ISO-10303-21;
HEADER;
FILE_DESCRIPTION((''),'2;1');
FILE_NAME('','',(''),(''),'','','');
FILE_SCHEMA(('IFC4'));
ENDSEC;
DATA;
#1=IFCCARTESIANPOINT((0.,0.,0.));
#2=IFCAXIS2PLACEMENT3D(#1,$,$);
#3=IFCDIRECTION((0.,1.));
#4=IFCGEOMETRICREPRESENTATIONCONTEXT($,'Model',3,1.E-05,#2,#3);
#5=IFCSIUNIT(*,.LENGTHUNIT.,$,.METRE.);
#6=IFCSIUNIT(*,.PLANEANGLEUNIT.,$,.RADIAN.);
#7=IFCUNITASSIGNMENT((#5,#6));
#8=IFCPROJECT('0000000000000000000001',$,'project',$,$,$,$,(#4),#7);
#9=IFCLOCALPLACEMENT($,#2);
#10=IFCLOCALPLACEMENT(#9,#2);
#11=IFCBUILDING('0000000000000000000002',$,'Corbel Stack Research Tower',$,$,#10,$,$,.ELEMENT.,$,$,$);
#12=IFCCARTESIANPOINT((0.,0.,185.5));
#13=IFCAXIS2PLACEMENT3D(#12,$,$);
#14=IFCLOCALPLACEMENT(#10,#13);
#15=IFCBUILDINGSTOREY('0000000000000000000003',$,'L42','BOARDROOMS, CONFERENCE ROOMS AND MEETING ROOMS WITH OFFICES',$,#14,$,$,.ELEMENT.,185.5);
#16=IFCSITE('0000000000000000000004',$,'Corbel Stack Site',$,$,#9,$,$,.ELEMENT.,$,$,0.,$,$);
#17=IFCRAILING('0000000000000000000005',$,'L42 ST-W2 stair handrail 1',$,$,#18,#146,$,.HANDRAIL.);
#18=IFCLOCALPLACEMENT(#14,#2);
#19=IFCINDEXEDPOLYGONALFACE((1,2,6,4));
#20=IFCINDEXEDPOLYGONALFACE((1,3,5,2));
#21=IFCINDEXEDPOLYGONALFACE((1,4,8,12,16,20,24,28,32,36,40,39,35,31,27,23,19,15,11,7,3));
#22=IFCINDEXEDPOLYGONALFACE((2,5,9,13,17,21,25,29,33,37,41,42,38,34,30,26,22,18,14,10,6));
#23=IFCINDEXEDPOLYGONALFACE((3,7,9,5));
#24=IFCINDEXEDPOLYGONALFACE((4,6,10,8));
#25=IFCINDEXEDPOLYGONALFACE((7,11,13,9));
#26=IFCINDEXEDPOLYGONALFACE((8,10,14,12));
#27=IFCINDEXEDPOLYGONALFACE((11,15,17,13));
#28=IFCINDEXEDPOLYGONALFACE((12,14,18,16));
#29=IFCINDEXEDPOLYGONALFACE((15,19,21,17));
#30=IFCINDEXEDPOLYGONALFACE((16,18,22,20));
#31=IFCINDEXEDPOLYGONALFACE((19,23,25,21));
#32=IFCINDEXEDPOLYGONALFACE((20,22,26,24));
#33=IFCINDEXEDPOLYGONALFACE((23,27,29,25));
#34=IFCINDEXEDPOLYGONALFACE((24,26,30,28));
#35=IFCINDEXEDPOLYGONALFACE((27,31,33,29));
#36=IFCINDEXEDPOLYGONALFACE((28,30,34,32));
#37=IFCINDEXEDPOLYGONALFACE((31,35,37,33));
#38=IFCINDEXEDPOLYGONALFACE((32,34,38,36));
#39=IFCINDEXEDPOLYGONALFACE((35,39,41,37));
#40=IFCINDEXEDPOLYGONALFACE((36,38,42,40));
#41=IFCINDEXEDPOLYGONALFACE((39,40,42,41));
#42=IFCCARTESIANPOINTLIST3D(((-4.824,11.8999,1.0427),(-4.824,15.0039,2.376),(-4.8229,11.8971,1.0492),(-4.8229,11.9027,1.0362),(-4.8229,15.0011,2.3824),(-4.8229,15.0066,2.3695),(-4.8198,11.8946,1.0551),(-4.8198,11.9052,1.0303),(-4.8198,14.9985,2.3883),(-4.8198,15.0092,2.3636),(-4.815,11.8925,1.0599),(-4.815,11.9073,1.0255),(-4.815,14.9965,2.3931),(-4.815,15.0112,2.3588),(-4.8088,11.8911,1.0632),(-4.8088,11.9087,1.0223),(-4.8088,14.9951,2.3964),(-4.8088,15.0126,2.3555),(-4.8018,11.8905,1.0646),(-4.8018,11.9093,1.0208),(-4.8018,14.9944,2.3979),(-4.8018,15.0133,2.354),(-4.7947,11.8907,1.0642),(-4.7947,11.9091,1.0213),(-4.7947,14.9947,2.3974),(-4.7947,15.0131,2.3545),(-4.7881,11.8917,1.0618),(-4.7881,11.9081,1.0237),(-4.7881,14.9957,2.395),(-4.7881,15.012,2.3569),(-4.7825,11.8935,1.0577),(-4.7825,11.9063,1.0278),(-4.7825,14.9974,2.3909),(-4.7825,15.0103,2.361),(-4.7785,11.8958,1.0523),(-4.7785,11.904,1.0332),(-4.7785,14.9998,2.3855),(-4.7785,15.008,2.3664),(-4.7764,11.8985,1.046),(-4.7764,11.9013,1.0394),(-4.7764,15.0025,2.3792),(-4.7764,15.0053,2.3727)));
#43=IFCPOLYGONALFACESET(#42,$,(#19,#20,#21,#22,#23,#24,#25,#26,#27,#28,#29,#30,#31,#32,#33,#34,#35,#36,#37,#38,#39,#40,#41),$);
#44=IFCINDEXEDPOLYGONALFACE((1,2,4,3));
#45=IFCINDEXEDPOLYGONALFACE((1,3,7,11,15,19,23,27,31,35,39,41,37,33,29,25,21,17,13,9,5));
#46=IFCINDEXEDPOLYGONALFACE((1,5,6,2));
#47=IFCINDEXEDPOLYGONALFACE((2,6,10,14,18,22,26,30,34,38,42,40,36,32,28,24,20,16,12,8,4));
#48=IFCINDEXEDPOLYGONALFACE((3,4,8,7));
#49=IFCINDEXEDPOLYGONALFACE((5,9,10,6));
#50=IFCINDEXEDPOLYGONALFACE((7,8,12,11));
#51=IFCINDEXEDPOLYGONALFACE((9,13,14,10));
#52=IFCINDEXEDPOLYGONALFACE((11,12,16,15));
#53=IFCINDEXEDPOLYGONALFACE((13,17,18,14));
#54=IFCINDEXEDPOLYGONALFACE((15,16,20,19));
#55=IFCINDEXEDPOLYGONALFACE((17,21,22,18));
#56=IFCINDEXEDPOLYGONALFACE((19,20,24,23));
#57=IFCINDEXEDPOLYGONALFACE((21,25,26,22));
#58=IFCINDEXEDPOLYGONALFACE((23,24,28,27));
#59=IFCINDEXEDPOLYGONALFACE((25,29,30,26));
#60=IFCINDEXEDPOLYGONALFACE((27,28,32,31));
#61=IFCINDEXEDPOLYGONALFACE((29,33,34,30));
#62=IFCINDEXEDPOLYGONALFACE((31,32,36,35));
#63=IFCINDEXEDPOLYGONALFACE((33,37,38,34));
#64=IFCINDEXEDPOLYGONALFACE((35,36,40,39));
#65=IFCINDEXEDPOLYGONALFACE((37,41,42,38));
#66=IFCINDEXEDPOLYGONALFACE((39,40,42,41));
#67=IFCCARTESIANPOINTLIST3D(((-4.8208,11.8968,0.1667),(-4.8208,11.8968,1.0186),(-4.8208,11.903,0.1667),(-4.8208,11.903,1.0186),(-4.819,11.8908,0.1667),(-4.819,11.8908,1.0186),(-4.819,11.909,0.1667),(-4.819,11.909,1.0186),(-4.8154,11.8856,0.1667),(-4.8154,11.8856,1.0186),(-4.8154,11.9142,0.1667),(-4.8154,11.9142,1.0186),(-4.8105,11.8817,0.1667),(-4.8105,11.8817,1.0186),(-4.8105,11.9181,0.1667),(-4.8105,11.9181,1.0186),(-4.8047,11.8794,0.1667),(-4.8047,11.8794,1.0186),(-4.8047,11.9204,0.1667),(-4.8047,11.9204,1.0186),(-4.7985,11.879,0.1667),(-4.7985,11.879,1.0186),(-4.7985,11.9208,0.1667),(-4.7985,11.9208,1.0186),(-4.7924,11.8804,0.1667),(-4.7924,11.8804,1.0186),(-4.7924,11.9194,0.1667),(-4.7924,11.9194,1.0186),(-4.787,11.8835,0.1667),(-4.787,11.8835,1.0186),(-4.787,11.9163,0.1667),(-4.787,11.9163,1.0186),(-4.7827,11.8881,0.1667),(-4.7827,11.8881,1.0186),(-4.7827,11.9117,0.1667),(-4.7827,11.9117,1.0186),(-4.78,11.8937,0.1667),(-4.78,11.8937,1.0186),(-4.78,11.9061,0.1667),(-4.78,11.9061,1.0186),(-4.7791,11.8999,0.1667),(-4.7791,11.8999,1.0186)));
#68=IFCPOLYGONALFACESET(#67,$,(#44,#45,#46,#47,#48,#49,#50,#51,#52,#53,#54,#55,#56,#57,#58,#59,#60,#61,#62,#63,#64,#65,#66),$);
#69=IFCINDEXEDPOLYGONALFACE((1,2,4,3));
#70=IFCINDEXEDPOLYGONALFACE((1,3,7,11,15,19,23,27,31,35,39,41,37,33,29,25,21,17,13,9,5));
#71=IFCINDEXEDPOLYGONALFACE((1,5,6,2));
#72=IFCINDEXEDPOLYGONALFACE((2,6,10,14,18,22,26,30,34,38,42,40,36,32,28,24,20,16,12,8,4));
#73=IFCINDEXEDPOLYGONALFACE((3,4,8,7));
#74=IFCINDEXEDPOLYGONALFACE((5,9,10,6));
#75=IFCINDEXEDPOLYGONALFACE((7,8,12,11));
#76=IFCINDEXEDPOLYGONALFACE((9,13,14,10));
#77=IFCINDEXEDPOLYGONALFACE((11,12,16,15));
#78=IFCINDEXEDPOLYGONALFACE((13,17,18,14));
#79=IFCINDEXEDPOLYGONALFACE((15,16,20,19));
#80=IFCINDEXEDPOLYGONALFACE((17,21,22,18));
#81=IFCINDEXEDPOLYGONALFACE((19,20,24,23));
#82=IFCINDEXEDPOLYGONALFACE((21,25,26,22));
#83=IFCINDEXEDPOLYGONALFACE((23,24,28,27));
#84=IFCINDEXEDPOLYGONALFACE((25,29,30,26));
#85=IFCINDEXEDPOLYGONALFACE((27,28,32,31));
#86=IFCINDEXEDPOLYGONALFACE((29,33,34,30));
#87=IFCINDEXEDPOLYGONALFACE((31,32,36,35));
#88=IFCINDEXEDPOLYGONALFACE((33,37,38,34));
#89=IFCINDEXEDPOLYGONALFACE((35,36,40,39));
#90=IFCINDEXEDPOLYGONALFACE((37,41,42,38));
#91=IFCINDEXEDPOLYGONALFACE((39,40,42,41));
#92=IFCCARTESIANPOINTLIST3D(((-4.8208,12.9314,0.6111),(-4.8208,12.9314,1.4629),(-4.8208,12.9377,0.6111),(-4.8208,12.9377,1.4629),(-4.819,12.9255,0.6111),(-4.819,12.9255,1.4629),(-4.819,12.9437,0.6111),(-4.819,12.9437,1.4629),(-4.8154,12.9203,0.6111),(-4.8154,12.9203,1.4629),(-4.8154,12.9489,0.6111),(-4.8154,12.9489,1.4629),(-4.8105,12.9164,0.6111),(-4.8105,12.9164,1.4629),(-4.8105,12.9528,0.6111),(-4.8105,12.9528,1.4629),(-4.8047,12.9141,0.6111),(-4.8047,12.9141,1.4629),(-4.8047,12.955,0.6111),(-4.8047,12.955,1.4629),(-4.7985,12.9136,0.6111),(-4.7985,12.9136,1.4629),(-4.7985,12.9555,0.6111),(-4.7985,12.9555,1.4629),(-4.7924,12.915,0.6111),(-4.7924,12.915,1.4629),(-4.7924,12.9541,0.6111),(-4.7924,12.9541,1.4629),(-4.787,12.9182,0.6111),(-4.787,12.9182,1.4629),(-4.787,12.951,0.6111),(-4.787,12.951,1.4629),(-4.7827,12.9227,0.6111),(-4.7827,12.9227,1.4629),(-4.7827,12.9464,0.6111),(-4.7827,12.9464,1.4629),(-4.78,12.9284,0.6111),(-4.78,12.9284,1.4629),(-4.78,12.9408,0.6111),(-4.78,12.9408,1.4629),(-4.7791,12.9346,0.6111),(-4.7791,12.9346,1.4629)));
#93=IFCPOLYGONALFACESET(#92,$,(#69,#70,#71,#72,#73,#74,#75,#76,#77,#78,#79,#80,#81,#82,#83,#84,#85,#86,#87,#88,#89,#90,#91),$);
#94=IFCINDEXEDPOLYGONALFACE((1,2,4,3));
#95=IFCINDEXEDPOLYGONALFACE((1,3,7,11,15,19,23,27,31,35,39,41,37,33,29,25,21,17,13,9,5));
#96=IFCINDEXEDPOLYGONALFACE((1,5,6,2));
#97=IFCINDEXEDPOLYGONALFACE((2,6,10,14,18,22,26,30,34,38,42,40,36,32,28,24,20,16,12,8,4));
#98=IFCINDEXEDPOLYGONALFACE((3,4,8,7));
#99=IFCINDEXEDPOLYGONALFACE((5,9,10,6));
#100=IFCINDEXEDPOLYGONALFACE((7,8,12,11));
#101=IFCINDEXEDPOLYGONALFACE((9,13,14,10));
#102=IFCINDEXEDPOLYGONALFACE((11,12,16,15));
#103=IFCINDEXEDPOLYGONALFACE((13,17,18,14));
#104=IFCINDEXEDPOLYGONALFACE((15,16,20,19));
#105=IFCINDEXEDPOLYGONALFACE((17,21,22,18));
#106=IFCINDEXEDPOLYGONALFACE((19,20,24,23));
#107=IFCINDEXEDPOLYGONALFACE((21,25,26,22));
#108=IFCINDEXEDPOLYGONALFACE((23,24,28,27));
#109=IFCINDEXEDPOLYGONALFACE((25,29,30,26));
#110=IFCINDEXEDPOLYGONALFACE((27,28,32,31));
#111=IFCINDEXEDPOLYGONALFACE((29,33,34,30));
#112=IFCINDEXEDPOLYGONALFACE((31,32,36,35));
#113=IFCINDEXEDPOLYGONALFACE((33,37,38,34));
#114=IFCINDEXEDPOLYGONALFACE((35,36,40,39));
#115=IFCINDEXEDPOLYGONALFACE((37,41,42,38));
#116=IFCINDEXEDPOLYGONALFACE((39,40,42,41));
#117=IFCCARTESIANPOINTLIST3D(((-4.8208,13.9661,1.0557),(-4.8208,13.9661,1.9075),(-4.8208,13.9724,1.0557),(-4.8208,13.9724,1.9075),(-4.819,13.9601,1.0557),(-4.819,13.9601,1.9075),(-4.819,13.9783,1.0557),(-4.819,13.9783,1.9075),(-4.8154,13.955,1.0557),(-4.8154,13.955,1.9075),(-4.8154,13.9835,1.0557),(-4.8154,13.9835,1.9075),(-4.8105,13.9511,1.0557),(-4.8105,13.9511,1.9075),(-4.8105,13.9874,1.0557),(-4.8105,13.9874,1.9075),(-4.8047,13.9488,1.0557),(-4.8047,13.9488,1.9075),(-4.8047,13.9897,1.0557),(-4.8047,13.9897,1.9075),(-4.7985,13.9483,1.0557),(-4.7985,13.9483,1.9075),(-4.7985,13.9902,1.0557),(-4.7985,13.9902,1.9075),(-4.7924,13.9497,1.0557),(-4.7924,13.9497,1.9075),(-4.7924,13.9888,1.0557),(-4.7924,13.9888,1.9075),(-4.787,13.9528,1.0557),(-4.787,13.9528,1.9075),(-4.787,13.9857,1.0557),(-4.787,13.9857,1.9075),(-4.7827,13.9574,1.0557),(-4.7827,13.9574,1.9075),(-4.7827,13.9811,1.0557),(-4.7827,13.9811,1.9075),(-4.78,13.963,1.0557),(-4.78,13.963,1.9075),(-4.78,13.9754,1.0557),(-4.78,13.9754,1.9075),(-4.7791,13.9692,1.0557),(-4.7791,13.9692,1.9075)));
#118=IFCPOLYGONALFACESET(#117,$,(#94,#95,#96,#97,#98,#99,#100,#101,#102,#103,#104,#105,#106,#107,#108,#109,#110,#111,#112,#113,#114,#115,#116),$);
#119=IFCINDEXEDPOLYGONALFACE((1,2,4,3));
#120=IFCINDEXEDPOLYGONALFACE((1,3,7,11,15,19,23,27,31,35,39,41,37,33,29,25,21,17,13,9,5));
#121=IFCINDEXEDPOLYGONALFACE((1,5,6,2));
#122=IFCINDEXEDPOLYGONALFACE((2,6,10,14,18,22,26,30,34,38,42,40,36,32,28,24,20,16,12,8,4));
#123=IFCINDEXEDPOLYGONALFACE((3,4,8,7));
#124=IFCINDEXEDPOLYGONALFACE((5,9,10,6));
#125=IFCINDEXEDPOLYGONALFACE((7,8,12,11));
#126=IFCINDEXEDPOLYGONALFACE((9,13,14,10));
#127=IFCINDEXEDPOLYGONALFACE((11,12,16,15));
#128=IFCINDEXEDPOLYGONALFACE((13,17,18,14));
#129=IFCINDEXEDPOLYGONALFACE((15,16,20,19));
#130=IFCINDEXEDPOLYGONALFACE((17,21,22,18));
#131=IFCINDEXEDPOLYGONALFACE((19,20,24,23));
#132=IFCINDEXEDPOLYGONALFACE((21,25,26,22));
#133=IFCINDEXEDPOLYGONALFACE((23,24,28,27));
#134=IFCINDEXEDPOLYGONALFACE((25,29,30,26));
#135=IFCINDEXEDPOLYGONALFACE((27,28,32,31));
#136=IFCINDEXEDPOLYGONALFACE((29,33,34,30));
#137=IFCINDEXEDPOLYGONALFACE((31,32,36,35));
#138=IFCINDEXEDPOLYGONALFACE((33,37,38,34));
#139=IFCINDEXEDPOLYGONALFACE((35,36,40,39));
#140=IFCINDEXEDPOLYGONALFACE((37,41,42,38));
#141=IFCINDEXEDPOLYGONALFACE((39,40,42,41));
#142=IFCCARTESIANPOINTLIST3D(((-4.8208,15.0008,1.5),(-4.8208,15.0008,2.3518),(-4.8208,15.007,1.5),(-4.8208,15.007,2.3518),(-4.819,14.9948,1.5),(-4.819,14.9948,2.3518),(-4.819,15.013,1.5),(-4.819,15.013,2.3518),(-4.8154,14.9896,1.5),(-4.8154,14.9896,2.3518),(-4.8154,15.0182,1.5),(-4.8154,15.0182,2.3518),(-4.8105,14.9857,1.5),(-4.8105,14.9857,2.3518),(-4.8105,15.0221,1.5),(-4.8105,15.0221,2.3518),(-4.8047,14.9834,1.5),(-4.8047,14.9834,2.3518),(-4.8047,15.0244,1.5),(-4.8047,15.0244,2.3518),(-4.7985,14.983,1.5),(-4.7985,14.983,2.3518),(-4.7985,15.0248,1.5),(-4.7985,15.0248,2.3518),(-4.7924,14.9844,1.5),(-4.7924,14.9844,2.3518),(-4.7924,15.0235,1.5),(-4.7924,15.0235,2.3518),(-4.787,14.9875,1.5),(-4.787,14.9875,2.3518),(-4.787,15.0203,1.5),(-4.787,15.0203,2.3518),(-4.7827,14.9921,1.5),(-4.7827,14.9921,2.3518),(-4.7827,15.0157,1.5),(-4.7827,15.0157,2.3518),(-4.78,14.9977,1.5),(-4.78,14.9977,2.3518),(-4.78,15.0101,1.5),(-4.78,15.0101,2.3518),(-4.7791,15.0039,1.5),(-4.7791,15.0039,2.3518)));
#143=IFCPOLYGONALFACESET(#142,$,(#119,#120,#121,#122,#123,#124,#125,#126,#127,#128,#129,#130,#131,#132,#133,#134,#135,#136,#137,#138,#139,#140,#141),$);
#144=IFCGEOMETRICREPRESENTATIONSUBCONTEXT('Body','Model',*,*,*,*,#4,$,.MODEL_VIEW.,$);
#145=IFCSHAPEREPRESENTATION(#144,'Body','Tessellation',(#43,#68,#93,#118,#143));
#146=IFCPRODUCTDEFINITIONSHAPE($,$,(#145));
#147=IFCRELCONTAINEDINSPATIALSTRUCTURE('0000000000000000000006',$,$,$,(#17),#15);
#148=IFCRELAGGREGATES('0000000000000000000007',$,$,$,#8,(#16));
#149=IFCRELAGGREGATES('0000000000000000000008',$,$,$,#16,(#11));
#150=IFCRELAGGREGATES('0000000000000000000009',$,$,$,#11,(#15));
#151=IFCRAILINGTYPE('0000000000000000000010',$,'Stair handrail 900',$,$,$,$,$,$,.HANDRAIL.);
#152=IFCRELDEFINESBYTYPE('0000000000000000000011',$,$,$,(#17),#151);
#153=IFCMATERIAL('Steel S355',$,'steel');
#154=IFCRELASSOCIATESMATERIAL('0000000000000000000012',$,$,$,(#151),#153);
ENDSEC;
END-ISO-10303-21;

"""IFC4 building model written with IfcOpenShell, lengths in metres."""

from ifc_helpers import new_model, si_unit, direction, frame, origin, origin_2d, place, context, subcontext, project, spatial, circle, extrude, material, type_object, element, save


model = new_model("IFC4")

# Units and contexts
model_context = context("Model", 3, precision=1e-05, world=origin(), true_north=direction((0.0, 1.0)))
body_context = subcontext(model_context, "Body", "Model", "MODEL_VIEW")
ifc_project = project(units=[si_unit("LENGTHUNIT", "METRE"), si_unit("PLANEANGLEUNIT", "RADIAN")], contexts=[model_context])

# Site, building, storey
site_placement = place(None, origin())
site = spatial("IfcSite", under=ifc_project, at=site_placement, Name="Corbel Stack Site", CompositionType="ELEMENT", RefElevation=0.0)
building_placement = place(site_placement, origin())
building = spatial("IfcBuilding", under=site, at=building_placement, Name="Corbel Stack Research Tower", CompositionType="ELEMENT")
storey_placement = place(building_placement, frame((0.0, 0.0, 185.5)))
storey = spatial("IfcBuildingStorey", under=building, at=storey_placement, Name="L42", Description="BOARDROOMS, CONFERENCE ROOMS AND MEETING ROOMS WITH OFFICES", CompositionType="ELEMENT", Elevation=185.5)

# Railing
ifc_material_1 = material(Name="Steel S355", Category="steel")
railing_type_1 = type_object("IfcRailingType", Name="Stair handrail 900", PredefinedType="HANDRAIL", material=ifc_material_1)
railing_1_placement = place(storey_placement, frame((-4.8, 11.8999, 0.1667)))
element("IfcRailing", 1, at=railing_1_placement, inside=storey, type_object=railing_type_1, Name="L42 ST-W2 stair handrail 1", PredefinedType="HANDRAIL", context=body_context, shape_type="SweptSolid", body=[
    extrude(circle(Radius=0.0239, at=origin_2d()), frame((0.0, 0.0, 0.876), z_axis=(0.0, 0.918827, 0.394661), x_axis=(-1.0, 0.0, 0.0)), (0.0, 0.0, 1.0), 3.3782),
    extrude(circle(Radius=0.021, at=origin_2d()), origin(), (0.0, 0.0, 1.0), 0.8518),
    extrude(circle(Radius=0.021, at=origin_2d()), frame((0.0, 1.0347, 0.4443)), (0.0, 0.0, 1.0), 0.8518),
    extrude(circle(Radius=0.021, at=origin_2d()), frame((0.0, 2.0693, 0.8889)), (0.0, 0.0, 1.0), 0.8518),
    extrude(circle(Radius=0.021, at=origin_2d()), frame((0.0, 3.104, 1.3333)), (0.0, 0.0, 1.0), 0.8518),
])

save(model, "model.ifc")
